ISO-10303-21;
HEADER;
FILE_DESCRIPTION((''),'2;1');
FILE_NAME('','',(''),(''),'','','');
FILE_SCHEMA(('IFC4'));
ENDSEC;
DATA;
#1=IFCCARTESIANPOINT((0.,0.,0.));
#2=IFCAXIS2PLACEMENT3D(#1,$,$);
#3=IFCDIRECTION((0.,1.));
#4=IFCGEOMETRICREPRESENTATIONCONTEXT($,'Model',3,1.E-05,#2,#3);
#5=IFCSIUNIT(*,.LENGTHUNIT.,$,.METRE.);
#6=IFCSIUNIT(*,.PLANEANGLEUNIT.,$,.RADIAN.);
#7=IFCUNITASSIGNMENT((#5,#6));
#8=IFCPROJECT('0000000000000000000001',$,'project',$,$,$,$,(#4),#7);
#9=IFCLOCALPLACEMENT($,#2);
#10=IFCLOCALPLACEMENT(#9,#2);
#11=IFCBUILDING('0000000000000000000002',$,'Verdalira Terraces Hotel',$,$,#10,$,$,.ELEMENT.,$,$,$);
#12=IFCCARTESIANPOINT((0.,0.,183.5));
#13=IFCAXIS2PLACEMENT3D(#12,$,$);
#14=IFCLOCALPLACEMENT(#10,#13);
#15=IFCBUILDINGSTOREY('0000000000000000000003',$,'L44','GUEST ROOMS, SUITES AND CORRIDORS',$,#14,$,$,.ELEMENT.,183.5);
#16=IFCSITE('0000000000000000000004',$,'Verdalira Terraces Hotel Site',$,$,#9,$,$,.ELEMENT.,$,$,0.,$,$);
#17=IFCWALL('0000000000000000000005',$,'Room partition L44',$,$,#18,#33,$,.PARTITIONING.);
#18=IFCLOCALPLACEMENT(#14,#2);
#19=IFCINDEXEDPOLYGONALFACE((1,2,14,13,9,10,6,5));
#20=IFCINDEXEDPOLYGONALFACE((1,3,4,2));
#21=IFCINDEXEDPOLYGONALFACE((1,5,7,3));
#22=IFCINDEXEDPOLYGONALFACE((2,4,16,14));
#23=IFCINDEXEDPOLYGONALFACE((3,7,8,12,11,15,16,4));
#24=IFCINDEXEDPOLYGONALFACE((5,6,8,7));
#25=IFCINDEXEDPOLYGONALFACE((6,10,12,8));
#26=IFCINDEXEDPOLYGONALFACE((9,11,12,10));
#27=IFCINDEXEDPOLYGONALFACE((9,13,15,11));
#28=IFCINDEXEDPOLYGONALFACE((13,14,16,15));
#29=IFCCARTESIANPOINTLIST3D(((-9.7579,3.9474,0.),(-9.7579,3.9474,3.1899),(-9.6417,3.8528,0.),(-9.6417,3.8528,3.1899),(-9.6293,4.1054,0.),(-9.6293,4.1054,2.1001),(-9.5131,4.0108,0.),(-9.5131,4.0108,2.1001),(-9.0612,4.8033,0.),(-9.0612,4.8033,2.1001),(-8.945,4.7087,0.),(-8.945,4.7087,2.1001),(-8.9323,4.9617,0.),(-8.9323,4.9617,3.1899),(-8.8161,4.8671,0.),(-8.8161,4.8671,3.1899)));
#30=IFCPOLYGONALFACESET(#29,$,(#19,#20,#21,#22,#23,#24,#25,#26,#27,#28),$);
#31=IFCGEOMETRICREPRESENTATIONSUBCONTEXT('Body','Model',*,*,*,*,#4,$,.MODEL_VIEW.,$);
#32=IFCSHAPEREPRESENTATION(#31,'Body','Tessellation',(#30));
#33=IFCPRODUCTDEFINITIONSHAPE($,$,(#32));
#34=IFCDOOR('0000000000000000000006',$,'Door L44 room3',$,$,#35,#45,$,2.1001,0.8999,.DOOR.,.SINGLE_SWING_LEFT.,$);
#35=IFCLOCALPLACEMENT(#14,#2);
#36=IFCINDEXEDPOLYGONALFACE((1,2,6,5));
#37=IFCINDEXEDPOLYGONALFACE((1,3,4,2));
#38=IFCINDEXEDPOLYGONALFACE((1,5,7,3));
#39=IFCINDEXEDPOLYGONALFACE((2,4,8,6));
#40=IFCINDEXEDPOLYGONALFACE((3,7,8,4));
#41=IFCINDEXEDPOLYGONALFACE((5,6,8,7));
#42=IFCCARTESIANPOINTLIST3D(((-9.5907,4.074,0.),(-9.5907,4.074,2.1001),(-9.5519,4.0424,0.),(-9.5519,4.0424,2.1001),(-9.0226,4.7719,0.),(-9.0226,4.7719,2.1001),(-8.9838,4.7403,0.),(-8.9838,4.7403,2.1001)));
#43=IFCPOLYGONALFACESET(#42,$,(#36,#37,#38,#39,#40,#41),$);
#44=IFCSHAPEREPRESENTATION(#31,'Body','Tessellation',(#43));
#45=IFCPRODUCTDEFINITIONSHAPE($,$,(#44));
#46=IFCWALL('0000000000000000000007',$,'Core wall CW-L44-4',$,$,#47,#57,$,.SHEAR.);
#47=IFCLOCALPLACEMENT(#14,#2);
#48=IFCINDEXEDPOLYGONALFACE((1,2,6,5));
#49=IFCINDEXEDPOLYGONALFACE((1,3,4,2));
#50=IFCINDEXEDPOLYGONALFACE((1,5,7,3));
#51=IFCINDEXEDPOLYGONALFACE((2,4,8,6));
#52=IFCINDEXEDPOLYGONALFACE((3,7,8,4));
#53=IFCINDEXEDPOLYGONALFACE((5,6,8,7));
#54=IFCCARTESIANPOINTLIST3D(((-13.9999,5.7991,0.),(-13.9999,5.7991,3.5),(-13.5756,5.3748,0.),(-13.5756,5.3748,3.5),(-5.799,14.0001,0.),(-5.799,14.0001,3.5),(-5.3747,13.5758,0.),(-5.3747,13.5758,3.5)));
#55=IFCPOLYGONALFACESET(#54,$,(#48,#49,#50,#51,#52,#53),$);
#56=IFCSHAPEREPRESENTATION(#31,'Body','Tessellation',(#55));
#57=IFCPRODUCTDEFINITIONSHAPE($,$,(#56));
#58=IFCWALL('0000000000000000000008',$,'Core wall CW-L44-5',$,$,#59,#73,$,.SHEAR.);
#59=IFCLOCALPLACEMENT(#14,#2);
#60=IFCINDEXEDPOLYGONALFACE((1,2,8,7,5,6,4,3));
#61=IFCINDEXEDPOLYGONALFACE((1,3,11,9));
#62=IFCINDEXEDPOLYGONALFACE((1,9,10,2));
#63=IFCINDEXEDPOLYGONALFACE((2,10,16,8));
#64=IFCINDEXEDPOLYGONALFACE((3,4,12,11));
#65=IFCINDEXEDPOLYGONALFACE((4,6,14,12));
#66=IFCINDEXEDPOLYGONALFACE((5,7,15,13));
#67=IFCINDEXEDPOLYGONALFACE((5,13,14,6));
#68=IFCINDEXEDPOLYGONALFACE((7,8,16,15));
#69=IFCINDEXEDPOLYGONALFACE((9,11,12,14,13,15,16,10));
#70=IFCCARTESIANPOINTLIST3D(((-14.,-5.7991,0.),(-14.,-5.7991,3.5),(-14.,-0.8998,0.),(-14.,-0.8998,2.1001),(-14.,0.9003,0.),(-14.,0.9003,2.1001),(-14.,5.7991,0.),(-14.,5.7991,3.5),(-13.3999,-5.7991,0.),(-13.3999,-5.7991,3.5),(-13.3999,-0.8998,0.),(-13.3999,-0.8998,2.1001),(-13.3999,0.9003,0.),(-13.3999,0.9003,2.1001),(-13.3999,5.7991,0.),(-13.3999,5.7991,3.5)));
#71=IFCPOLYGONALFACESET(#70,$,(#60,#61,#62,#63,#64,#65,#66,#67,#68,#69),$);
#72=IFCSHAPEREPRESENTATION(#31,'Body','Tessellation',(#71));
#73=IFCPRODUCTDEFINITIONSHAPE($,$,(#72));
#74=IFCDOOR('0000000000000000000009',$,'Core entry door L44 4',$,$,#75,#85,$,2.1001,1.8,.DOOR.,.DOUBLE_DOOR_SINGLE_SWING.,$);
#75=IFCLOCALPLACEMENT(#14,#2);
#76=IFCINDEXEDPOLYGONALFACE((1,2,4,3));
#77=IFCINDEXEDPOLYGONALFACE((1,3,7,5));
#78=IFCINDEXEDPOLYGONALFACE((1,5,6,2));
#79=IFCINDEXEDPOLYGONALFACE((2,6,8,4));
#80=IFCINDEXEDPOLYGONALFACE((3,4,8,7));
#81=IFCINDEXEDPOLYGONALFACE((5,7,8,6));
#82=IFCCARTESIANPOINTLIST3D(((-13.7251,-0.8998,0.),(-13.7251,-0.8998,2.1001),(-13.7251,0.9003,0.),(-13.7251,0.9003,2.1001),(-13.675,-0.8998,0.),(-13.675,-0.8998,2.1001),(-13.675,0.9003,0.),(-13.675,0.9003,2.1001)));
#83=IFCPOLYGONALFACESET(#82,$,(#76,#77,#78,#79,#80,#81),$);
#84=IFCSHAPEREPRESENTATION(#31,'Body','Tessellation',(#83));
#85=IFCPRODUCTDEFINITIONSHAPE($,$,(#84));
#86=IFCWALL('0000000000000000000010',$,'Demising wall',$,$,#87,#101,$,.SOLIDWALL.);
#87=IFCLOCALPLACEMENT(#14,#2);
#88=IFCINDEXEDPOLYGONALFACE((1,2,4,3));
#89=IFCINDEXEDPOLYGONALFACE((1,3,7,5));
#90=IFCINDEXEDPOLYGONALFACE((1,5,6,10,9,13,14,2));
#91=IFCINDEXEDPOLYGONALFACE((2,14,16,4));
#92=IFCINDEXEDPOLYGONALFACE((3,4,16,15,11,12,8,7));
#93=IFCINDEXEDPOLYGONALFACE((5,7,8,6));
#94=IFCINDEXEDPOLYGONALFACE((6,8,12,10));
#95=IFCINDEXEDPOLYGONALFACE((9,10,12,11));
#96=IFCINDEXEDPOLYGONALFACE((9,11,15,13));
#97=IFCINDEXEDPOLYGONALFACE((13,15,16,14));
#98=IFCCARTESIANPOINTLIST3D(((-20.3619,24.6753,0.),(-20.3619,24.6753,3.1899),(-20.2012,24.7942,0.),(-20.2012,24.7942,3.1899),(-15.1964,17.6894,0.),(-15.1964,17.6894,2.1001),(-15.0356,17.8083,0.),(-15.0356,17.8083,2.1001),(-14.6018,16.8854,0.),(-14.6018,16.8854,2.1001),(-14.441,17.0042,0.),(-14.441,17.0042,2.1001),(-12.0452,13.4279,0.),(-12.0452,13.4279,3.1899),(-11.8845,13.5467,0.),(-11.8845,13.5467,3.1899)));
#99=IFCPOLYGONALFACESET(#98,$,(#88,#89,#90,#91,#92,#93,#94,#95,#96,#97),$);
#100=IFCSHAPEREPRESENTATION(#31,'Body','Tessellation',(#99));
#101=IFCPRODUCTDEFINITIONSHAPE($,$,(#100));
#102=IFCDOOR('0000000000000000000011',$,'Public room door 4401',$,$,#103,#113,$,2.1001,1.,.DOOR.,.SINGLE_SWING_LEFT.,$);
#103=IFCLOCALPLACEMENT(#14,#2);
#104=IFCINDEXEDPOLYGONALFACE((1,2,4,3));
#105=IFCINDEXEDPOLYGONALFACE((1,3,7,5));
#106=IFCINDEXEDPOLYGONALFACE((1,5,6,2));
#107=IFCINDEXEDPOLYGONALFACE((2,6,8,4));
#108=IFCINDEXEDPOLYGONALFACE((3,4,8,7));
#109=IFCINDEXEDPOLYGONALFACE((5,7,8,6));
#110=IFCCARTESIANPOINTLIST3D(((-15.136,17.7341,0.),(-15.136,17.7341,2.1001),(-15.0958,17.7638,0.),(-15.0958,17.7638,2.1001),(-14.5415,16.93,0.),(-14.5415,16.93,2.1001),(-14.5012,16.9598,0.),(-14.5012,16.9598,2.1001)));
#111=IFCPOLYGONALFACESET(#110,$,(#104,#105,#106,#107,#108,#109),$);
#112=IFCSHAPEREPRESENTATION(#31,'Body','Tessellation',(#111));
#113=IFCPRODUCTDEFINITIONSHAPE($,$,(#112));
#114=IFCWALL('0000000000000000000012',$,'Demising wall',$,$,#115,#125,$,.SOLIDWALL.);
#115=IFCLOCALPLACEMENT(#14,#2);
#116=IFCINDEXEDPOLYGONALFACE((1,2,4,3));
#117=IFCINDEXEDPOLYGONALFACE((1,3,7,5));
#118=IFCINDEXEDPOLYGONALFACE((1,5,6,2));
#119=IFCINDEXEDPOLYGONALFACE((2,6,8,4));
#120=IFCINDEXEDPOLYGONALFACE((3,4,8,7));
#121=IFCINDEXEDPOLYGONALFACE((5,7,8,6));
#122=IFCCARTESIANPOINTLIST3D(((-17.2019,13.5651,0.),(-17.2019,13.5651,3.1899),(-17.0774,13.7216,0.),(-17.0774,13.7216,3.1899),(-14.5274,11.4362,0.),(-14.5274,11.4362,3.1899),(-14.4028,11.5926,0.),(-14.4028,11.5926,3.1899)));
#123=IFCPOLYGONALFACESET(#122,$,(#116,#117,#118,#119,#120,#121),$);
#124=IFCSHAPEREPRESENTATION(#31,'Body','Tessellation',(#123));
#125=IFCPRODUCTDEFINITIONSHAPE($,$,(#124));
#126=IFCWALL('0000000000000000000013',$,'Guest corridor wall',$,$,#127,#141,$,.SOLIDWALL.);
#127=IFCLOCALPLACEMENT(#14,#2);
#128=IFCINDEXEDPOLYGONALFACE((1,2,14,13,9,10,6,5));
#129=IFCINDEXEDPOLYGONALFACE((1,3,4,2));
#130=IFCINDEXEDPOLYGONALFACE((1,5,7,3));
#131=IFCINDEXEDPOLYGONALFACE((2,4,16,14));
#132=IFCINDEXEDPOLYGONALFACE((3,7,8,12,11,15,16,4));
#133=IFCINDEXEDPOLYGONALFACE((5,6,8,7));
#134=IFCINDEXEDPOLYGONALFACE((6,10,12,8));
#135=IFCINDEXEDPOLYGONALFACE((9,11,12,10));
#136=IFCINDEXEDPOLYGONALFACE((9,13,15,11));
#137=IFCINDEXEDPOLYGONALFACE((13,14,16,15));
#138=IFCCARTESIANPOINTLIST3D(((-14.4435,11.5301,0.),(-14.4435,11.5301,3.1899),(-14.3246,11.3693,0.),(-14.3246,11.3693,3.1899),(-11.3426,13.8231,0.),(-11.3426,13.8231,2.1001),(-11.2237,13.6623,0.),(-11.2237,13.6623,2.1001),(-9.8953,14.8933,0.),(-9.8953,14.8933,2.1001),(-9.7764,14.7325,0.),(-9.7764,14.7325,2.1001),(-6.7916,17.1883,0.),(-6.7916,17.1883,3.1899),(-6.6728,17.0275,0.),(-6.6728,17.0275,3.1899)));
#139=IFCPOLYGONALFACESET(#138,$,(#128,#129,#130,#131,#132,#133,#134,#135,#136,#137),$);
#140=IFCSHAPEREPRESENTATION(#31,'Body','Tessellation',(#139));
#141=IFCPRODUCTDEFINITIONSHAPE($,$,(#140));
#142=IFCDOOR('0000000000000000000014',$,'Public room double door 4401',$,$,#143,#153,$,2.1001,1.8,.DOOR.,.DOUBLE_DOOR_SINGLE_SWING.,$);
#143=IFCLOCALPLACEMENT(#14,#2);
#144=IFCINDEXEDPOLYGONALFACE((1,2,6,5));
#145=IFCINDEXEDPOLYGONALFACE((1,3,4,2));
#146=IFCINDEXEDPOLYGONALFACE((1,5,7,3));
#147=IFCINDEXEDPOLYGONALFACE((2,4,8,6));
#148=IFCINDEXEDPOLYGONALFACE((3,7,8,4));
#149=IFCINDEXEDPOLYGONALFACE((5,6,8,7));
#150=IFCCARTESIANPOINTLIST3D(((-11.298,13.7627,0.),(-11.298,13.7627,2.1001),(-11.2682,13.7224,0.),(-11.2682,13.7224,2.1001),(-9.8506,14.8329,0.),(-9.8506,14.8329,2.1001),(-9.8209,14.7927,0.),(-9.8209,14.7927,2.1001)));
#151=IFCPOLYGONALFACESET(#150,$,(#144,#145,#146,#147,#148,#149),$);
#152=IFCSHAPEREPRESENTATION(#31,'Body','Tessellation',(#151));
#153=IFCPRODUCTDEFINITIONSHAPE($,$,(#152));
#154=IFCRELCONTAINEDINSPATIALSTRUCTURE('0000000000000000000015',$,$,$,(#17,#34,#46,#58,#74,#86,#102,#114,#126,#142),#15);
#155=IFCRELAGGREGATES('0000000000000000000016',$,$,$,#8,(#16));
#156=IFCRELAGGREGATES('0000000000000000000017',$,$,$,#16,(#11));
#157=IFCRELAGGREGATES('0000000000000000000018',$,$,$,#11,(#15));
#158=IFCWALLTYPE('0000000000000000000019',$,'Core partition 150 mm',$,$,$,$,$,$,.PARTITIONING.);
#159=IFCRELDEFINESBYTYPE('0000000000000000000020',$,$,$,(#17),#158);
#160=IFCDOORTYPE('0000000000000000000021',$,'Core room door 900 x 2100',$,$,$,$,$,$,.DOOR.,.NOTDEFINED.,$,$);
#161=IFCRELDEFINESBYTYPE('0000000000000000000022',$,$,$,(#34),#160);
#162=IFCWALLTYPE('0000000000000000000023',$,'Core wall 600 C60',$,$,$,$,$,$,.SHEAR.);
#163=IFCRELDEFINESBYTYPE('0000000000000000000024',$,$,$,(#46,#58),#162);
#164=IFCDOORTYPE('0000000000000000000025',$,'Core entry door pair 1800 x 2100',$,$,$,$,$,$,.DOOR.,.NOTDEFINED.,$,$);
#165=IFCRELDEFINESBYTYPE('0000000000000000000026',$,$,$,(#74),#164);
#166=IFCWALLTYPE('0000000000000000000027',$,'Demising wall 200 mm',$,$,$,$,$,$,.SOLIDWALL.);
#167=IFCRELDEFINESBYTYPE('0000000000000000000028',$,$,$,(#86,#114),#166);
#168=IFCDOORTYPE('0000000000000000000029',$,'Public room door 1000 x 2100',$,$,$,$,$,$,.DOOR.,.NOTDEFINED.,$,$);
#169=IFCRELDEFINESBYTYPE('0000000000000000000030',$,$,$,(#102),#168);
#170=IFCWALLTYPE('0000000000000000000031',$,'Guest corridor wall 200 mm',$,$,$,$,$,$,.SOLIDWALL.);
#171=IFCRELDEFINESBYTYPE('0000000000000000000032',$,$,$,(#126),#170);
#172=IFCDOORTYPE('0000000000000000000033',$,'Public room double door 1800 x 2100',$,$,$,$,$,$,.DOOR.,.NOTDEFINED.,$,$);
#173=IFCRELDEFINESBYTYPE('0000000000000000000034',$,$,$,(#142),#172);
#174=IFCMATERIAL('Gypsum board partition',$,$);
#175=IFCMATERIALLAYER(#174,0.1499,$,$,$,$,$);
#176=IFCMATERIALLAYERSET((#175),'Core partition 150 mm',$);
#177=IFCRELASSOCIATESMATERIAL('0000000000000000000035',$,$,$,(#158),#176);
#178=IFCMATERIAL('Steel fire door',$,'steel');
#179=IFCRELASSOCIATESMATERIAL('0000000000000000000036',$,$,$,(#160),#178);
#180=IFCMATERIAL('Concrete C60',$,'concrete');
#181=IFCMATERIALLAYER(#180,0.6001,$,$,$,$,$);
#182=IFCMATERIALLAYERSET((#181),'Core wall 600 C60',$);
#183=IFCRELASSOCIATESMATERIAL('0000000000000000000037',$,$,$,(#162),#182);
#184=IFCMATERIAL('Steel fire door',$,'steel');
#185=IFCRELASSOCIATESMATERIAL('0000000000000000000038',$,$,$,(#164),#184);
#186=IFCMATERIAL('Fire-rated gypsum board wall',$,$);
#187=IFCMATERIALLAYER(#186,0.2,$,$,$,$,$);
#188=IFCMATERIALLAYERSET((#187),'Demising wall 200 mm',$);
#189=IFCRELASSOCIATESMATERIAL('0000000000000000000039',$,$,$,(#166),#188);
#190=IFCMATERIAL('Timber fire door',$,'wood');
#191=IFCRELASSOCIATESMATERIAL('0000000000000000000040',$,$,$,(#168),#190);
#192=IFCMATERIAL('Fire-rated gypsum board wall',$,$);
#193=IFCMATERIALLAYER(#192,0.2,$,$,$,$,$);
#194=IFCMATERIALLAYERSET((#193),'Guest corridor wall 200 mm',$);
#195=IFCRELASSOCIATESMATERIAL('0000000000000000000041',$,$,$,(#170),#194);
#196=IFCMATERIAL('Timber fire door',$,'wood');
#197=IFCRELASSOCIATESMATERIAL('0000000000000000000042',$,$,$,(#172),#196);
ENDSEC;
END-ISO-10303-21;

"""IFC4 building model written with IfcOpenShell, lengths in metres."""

from ifc_helpers import new_model, si_unit, direction, frame, frame_2d, origin, place, context, subcontext, project, spatial, rectangle, extrude, material, layer, layer_set, type_object, element, fill, save


model = new_model("IFC4")

# Units and contexts
model_context = context("Model", 3, precision=1e-05, world=origin(), true_north=direction((0.0, 1.0)))
body_context = subcontext(model_context, "Body", "Model", "MODEL_VIEW")
ifc_project = project(units=[si_unit("LENGTHUNIT", "METRE"), si_unit("PLANEANGLEUNIT", "RADIAN")], contexts=[model_context])

# Site, building, storey
site_placement = place(None, origin())
site = spatial("IfcSite", under=ifc_project, at=site_placement, Name="Verdalira Terraces Hotel Site", CompositionType="ELEMENT", RefElevation=0.0)
building_placement = place(site_placement, origin())
building = spatial("IfcBuilding", under=site, at=building_placement, Name="Verdalira Terraces Hotel", CompositionType="ELEMENT")
storey_placement = place(building_placement, frame((0.0, 0.0, 183.5)))
storey = spatial("IfcBuildingStorey", under=building, at=storey_placement, Name="L44", Description="GUEST ROOMS, SUITES AND CORRIDORS", CompositionType="ELEMENT", Elevation=183.5)

# Wall, opening, door
ifc_material_1 = material(Name="Gypsum board partition")
ifc_layer_1 = layer(ifc_material_1, 0.1499)
ifc_layer_set_1 = layer_set([ifc_layer_1], Name="Core partition 150 mm")
wall_type_1 = type_object("IfcWallType", Name="Core partition 150 mm", PredefinedType="PARTITIONING", material=ifc_layer_set_1)
ifc_material_2 = material(Name="Steel fire door", Category="steel")
door_type_1 = type_object("IfcDoorType", Name="Core room door 900 x 2100", OperationType="NOTDEFINED", PredefinedType="DOOR", material=ifc_material_2)
wall_1_placement = place(storey_placement, frame((-8.8743, 4.9143, 0.0), z_axis=(0.0, 0.0, 1.0), x_axis=(-0.631274, -0.77556, 0.0)))
wall_1 = element("IfcWall", 1, at=wall_1_placement, inside=storey, type_object=wall_type_1, Name="Room partition L44", PredefinedType="PARTITIONING", context=body_context, shape_type="SweptSolid", body=[
    extrude(rectangle(XDim=1.3079, YDim=0.1499, at=frame_2d((0.6538, 0.0))), origin(), (0.0, 0.0, 1.0), 3.1899),
])
opening_1_placement = place(wall_1_placement, frame((0.2041, 0.0, 0.0)))
opening_1 = element("IfcOpeningElement", 2, at=opening_1_placement, cuts=wall_1, PredefinedType="OPENING", context=body_context, shape_type="SweptSolid", body=[
    extrude(rectangle(XDim=0.8999, YDim=2.1001, at=frame_2d((0.45, 1.05))), frame((0.0, 0.085, 0.0), z_axis=(0.0, -1.0, 0.0), x_axis=(1.0, 0.0, 0.0)), (0.0, 0.0, 1.0), 0.1699),
])
door_1_placement = place(opening_1_placement, origin())
door_1 = element("IfcDoor", 3, at=door_1_placement, inside=storey, type_object=door_type_1, Name="Door L44 room3", OperationType="SINGLE_SWING_LEFT", OverallHeight=2.1001, OverallWidth=0.8999, PredefinedType="DOOR", context=body_context, shape_type="SweptSolid", body=[
    extrude(rectangle(XDim=0.8999, YDim=2.1001, at=frame_2d((0.45, 1.05))), frame((0.0, 0.0249, 0.0), z_axis=(0.0, -1.0, 0.0), x_axis=(1.0, 0.0, 0.0)), (0.0, 0.0, 1.0), 0.05),
])
fill(opening_1, door_1)

# Wall
ifc_material_3 = material(Name="Concrete C60", Category="concrete")
ifc_layer_2 = layer(ifc_material_3, 0.6001)
ifc_layer_set_2 = layer_set([ifc_layer_2], Name="Core wall 600 C60")
wall_type_2 = type_object("IfcWallType", Name="Core wall 600 C60", PredefinedType="SHEAR", material=ifc_layer_set_2)
wall_2_placement = place(storey_placement, frame((-5.5869, 13.7878, 0.0), z_axis=(0.0, 0.0, 1.0), x_axis=(-0.707107, -0.707107, 0.0)))
element("IfcWall", 4, at=wall_2_placement, inside=storey, type_object=wall_type_2, Name="Core wall CW-L44-4", PredefinedType="SHEAR", context=body_context, shape_type="SweptSolid", body=[
    extrude(rectangle(XDim=11.5979, YDim=0.6001, at=frame_2d((5.7988, 0.0))), origin(), (0.0, 0.0, 1.0), 3.5),
])

# Walls, openings, doors
wall_3_placement = place(storey_placement, frame((-13.7, 5.7991, 0.0), z_axis=(0.0, 0.0, 1.0), x_axis=(0.0, -1.0, 0.0)))
wall_3 = element("IfcWall", 5, at=wall_3_placement, inside=storey, type_object=wall_type_2, Name="Core wall CW-L44-5", PredefinedType="SHEAR", context=body_context, shape_type="SweptSolid", body=[
    extrude(rectangle(XDim=11.5981, YDim=0.6001, at=frame_2d((5.7991, 0.0))), origin(), (0.0, 0.0, 1.0), 3.5),
])
opening_2_placement = place(wall_3_placement, frame((4.8989, 0.0, 0.0)))
opening_2 = element("IfcOpeningElement", 6, at=opening_2_placement, cuts=wall_3, PredefinedType="OPENING", context=body_context, shape_type="SweptSolid", body=[
    extrude(rectangle(XDim=1.8, YDim=2.1001, at=frame_2d((0.8999, 1.05))), frame((0.0, 0.3101, 0.0), z_axis=(0.0, -1.0, 0.0), x_axis=(1.0, 0.0, 0.0)), (0.0, 0.0, 1.0), 0.6201),
])
ifc_material_4 = material(Name="Steel fire door", Category="steel")
door_type_2 = type_object("IfcDoorType", Name="Core entry door pair 1800 x 2100", OperationType="NOTDEFINED", PredefinedType="DOOR", material=ifc_material_4)
door_2_placement = place(opening_2_placement, origin())
door_2 = element("IfcDoor", 7, at=door_2_placement, inside=storey, type_object=door_type_2, Name="Core entry door L44 4", OperationType="DOUBLE_DOOR_SINGLE_SWING", OverallHeight=2.1001, OverallWidth=1.8, PredefinedType="DOOR", context=body_context, shape_type="SweptSolid", body=[
    extrude(rectangle(XDim=1.8, YDim=2.1001, at=frame_2d((0.8999, 1.05))), frame((0.0, 0.0249, 0.0), z_axis=(0.0, -1.0, 0.0), x_axis=(1.0, 0.0, 0.0)), (0.0, 0.0, 1.0), 0.05),
])
fill(opening_2, door_2)
ifc_material_5 = material(Name="Fire-rated gypsum board wall")
ifc_layer_3 = layer(ifc_material_5, 0.2)
ifc_layer_set_3 = layer_set([ifc_layer_3], Name="Demising wall 200 mm")
wall_type_3 = type_object("IfcWallType", Name="Demising wall 200 mm", PredefinedType="SOLIDWALL", material=ifc_layer_set_3)
wall_4_placement = place(storey_placement, frame((-11.9648, 13.4873, 0.0), z_axis=(0.0, 0.0, 1.0), x_axis=(-0.594549, 0.804059, 0.0)))
wall_4 = element("IfcWall", 8, at=wall_4_placement, inside=storey, type_object=wall_type_3, Name="Demising wall", PredefinedType="SOLIDWALL", context=body_context, shape_type="SweptSolid", body=[
    extrude(rectangle(XDim=13.9883, YDim=0.2, at=frame_2d((6.9941, 0.0))), origin(), (0.0, 0.0, 1.0), 3.1899),
])
opening_3_placement = place(wall_4_placement, frame((4.3, 0.0, 0.0)))
opening_3 = element("IfcOpeningElement", 9, at=opening_3_placement, cuts=wall_4, PredefinedType="OPENING", context=body_context, shape_type="SweptSolid", body=[
    extrude(rectangle(XDim=1.0, YDim=2.1001, at=frame_2d((0.5, 1.05))), frame((0.0, 0.1099, 0.0), z_axis=(0.0, -1.0, 0.0), x_axis=(1.0, 0.0, 0.0)), (0.0, 0.0, 1.0), 0.22),
])
ifc_material_6 = material(Name="Timber fire door", Category="wood")
door_type_3 = type_object("IfcDoorType", Name="Public room door 1000 x 2100", OperationType="NOTDEFINED", PredefinedType="DOOR", material=ifc_material_6)
door_3_placement = place(opening_3_placement, origin())
door_3 = element("IfcDoor", 10, at=door_3_placement, inside=storey, type_object=door_type_3, Name="Public room door 4401", OperationType="SINGLE_SWING_LEFT", OverallHeight=2.1001, OverallWidth=1.0, PredefinedType="DOOR", context=body_context, shape_type="SweptSolid", body=[
    extrude(rectangle(XDim=1.0, YDim=2.1001, at=frame_2d((0.5, 1.05))), frame((0.0, 0.0249, 0.0), z_axis=(0.0, -1.0, 0.0), x_axis=(1.0, 0.0, 0.0)), (0.0, 0.0, 1.0), 0.05),
])
fill(opening_3, door_3)

# Wall
wall_5_placement = place(storey_placement, frame((-14.4651, 11.5144, 0.0), z_axis=(0.0, 0.0, 1.0), x_axis=(-0.782399, 0.622777, 0.0)))
element("IfcWall", 11, at=wall_5_placement, inside=storey, type_object=wall_type_3, Name="Demising wall", PredefinedType="SOLIDWALL", context=body_context, shape_type="SweptSolid", body=[
    extrude(rectangle(XDim=3.4185, YDim=0.2, at=frame_2d((1.7092, 0.0))), origin(), (0.0, 0.0, 1.0), 3.1899),
])

# Wall, opening, door
ifc_material_7 = material(Name="Fire-rated gypsum board wall")
ifc_layer_4 = layer(ifc_material_7, 0.2)
ifc_layer_set_4 = layer_set([ifc_layer_4], Name="Guest corridor wall 200 mm")
wall_type_4 = type_object("IfcWallType", Name="Guest corridor wall 200 mm", PredefinedType="SOLIDWALL", material=ifc_layer_set_4)
wall_6_placement = place(storey_placement, frame((-14.384, 11.4497, 0.0), z_axis=(0.0, 0.0, 1.0), x_axis=(0.804051, 0.59456, 0.0)))
wall_6 = element("IfcWall", 12, at=wall_6_placement, inside=storey, type_object=wall_type_4, Name="Guest corridor wall", PredefinedType="SOLIDWALL", context=body_context, shape_type="SweptSolid", body=[
    extrude(rectangle(XDim=9.5166, YDim=0.2, at=frame_2d((4.7583, 0.0))), origin(), (0.0, 0.0, 1.0), 3.1899),
])
opening_4_placement = place(wall_6_placement, frame((3.8567, 0.0, 0.0)))
opening_4 = element("IfcOpeningElement", 13, at=opening_4_placement, cuts=wall_6, PredefinedType="OPENING", context=body_context, shape_type="SweptSolid", body=[
    extrude(rectangle(XDim=1.8, YDim=2.1001, at=frame_2d((0.8999, 1.05))), frame((0.0, 0.1099, 0.0), z_axis=(0.0, -1.0, 0.0), x_axis=(1.0, 0.0, 0.0)), (0.0, 0.0, 1.0), 0.22),
])
ifc_material_8 = material(Name="Timber fire door", Category="wood")
door_type_4 = type_object("IfcDoorType", Name="Public room double door 1800 x 2100", OperationType="NOTDEFINED", PredefinedType="DOOR", material=ifc_material_8)
door_4_placement = place(opening_4_placement, origin())
door_4 = element("IfcDoor", 14, at=door_4_placement, inside=storey, type_object=door_type_4, Name="Public room double door 4401", OperationType="DOUBLE_DOOR_SINGLE_SWING", OverallHeight=2.1001, OverallWidth=1.8, PredefinedType="DOOR", context=body_context, shape_type="SweptSolid", body=[
    extrude(rectangle(XDim=1.8, YDim=2.1001, at=frame_2d((0.8999, 1.05))), frame((0.0, 0.0249, 0.0), z_axis=(0.0, -1.0, 0.0), x_axis=(1.0, 0.0, 0.0)), (0.0, 0.0, 1.0), 0.05),
])
fill(opening_4, door_4)

save(model, "model.ifc")
